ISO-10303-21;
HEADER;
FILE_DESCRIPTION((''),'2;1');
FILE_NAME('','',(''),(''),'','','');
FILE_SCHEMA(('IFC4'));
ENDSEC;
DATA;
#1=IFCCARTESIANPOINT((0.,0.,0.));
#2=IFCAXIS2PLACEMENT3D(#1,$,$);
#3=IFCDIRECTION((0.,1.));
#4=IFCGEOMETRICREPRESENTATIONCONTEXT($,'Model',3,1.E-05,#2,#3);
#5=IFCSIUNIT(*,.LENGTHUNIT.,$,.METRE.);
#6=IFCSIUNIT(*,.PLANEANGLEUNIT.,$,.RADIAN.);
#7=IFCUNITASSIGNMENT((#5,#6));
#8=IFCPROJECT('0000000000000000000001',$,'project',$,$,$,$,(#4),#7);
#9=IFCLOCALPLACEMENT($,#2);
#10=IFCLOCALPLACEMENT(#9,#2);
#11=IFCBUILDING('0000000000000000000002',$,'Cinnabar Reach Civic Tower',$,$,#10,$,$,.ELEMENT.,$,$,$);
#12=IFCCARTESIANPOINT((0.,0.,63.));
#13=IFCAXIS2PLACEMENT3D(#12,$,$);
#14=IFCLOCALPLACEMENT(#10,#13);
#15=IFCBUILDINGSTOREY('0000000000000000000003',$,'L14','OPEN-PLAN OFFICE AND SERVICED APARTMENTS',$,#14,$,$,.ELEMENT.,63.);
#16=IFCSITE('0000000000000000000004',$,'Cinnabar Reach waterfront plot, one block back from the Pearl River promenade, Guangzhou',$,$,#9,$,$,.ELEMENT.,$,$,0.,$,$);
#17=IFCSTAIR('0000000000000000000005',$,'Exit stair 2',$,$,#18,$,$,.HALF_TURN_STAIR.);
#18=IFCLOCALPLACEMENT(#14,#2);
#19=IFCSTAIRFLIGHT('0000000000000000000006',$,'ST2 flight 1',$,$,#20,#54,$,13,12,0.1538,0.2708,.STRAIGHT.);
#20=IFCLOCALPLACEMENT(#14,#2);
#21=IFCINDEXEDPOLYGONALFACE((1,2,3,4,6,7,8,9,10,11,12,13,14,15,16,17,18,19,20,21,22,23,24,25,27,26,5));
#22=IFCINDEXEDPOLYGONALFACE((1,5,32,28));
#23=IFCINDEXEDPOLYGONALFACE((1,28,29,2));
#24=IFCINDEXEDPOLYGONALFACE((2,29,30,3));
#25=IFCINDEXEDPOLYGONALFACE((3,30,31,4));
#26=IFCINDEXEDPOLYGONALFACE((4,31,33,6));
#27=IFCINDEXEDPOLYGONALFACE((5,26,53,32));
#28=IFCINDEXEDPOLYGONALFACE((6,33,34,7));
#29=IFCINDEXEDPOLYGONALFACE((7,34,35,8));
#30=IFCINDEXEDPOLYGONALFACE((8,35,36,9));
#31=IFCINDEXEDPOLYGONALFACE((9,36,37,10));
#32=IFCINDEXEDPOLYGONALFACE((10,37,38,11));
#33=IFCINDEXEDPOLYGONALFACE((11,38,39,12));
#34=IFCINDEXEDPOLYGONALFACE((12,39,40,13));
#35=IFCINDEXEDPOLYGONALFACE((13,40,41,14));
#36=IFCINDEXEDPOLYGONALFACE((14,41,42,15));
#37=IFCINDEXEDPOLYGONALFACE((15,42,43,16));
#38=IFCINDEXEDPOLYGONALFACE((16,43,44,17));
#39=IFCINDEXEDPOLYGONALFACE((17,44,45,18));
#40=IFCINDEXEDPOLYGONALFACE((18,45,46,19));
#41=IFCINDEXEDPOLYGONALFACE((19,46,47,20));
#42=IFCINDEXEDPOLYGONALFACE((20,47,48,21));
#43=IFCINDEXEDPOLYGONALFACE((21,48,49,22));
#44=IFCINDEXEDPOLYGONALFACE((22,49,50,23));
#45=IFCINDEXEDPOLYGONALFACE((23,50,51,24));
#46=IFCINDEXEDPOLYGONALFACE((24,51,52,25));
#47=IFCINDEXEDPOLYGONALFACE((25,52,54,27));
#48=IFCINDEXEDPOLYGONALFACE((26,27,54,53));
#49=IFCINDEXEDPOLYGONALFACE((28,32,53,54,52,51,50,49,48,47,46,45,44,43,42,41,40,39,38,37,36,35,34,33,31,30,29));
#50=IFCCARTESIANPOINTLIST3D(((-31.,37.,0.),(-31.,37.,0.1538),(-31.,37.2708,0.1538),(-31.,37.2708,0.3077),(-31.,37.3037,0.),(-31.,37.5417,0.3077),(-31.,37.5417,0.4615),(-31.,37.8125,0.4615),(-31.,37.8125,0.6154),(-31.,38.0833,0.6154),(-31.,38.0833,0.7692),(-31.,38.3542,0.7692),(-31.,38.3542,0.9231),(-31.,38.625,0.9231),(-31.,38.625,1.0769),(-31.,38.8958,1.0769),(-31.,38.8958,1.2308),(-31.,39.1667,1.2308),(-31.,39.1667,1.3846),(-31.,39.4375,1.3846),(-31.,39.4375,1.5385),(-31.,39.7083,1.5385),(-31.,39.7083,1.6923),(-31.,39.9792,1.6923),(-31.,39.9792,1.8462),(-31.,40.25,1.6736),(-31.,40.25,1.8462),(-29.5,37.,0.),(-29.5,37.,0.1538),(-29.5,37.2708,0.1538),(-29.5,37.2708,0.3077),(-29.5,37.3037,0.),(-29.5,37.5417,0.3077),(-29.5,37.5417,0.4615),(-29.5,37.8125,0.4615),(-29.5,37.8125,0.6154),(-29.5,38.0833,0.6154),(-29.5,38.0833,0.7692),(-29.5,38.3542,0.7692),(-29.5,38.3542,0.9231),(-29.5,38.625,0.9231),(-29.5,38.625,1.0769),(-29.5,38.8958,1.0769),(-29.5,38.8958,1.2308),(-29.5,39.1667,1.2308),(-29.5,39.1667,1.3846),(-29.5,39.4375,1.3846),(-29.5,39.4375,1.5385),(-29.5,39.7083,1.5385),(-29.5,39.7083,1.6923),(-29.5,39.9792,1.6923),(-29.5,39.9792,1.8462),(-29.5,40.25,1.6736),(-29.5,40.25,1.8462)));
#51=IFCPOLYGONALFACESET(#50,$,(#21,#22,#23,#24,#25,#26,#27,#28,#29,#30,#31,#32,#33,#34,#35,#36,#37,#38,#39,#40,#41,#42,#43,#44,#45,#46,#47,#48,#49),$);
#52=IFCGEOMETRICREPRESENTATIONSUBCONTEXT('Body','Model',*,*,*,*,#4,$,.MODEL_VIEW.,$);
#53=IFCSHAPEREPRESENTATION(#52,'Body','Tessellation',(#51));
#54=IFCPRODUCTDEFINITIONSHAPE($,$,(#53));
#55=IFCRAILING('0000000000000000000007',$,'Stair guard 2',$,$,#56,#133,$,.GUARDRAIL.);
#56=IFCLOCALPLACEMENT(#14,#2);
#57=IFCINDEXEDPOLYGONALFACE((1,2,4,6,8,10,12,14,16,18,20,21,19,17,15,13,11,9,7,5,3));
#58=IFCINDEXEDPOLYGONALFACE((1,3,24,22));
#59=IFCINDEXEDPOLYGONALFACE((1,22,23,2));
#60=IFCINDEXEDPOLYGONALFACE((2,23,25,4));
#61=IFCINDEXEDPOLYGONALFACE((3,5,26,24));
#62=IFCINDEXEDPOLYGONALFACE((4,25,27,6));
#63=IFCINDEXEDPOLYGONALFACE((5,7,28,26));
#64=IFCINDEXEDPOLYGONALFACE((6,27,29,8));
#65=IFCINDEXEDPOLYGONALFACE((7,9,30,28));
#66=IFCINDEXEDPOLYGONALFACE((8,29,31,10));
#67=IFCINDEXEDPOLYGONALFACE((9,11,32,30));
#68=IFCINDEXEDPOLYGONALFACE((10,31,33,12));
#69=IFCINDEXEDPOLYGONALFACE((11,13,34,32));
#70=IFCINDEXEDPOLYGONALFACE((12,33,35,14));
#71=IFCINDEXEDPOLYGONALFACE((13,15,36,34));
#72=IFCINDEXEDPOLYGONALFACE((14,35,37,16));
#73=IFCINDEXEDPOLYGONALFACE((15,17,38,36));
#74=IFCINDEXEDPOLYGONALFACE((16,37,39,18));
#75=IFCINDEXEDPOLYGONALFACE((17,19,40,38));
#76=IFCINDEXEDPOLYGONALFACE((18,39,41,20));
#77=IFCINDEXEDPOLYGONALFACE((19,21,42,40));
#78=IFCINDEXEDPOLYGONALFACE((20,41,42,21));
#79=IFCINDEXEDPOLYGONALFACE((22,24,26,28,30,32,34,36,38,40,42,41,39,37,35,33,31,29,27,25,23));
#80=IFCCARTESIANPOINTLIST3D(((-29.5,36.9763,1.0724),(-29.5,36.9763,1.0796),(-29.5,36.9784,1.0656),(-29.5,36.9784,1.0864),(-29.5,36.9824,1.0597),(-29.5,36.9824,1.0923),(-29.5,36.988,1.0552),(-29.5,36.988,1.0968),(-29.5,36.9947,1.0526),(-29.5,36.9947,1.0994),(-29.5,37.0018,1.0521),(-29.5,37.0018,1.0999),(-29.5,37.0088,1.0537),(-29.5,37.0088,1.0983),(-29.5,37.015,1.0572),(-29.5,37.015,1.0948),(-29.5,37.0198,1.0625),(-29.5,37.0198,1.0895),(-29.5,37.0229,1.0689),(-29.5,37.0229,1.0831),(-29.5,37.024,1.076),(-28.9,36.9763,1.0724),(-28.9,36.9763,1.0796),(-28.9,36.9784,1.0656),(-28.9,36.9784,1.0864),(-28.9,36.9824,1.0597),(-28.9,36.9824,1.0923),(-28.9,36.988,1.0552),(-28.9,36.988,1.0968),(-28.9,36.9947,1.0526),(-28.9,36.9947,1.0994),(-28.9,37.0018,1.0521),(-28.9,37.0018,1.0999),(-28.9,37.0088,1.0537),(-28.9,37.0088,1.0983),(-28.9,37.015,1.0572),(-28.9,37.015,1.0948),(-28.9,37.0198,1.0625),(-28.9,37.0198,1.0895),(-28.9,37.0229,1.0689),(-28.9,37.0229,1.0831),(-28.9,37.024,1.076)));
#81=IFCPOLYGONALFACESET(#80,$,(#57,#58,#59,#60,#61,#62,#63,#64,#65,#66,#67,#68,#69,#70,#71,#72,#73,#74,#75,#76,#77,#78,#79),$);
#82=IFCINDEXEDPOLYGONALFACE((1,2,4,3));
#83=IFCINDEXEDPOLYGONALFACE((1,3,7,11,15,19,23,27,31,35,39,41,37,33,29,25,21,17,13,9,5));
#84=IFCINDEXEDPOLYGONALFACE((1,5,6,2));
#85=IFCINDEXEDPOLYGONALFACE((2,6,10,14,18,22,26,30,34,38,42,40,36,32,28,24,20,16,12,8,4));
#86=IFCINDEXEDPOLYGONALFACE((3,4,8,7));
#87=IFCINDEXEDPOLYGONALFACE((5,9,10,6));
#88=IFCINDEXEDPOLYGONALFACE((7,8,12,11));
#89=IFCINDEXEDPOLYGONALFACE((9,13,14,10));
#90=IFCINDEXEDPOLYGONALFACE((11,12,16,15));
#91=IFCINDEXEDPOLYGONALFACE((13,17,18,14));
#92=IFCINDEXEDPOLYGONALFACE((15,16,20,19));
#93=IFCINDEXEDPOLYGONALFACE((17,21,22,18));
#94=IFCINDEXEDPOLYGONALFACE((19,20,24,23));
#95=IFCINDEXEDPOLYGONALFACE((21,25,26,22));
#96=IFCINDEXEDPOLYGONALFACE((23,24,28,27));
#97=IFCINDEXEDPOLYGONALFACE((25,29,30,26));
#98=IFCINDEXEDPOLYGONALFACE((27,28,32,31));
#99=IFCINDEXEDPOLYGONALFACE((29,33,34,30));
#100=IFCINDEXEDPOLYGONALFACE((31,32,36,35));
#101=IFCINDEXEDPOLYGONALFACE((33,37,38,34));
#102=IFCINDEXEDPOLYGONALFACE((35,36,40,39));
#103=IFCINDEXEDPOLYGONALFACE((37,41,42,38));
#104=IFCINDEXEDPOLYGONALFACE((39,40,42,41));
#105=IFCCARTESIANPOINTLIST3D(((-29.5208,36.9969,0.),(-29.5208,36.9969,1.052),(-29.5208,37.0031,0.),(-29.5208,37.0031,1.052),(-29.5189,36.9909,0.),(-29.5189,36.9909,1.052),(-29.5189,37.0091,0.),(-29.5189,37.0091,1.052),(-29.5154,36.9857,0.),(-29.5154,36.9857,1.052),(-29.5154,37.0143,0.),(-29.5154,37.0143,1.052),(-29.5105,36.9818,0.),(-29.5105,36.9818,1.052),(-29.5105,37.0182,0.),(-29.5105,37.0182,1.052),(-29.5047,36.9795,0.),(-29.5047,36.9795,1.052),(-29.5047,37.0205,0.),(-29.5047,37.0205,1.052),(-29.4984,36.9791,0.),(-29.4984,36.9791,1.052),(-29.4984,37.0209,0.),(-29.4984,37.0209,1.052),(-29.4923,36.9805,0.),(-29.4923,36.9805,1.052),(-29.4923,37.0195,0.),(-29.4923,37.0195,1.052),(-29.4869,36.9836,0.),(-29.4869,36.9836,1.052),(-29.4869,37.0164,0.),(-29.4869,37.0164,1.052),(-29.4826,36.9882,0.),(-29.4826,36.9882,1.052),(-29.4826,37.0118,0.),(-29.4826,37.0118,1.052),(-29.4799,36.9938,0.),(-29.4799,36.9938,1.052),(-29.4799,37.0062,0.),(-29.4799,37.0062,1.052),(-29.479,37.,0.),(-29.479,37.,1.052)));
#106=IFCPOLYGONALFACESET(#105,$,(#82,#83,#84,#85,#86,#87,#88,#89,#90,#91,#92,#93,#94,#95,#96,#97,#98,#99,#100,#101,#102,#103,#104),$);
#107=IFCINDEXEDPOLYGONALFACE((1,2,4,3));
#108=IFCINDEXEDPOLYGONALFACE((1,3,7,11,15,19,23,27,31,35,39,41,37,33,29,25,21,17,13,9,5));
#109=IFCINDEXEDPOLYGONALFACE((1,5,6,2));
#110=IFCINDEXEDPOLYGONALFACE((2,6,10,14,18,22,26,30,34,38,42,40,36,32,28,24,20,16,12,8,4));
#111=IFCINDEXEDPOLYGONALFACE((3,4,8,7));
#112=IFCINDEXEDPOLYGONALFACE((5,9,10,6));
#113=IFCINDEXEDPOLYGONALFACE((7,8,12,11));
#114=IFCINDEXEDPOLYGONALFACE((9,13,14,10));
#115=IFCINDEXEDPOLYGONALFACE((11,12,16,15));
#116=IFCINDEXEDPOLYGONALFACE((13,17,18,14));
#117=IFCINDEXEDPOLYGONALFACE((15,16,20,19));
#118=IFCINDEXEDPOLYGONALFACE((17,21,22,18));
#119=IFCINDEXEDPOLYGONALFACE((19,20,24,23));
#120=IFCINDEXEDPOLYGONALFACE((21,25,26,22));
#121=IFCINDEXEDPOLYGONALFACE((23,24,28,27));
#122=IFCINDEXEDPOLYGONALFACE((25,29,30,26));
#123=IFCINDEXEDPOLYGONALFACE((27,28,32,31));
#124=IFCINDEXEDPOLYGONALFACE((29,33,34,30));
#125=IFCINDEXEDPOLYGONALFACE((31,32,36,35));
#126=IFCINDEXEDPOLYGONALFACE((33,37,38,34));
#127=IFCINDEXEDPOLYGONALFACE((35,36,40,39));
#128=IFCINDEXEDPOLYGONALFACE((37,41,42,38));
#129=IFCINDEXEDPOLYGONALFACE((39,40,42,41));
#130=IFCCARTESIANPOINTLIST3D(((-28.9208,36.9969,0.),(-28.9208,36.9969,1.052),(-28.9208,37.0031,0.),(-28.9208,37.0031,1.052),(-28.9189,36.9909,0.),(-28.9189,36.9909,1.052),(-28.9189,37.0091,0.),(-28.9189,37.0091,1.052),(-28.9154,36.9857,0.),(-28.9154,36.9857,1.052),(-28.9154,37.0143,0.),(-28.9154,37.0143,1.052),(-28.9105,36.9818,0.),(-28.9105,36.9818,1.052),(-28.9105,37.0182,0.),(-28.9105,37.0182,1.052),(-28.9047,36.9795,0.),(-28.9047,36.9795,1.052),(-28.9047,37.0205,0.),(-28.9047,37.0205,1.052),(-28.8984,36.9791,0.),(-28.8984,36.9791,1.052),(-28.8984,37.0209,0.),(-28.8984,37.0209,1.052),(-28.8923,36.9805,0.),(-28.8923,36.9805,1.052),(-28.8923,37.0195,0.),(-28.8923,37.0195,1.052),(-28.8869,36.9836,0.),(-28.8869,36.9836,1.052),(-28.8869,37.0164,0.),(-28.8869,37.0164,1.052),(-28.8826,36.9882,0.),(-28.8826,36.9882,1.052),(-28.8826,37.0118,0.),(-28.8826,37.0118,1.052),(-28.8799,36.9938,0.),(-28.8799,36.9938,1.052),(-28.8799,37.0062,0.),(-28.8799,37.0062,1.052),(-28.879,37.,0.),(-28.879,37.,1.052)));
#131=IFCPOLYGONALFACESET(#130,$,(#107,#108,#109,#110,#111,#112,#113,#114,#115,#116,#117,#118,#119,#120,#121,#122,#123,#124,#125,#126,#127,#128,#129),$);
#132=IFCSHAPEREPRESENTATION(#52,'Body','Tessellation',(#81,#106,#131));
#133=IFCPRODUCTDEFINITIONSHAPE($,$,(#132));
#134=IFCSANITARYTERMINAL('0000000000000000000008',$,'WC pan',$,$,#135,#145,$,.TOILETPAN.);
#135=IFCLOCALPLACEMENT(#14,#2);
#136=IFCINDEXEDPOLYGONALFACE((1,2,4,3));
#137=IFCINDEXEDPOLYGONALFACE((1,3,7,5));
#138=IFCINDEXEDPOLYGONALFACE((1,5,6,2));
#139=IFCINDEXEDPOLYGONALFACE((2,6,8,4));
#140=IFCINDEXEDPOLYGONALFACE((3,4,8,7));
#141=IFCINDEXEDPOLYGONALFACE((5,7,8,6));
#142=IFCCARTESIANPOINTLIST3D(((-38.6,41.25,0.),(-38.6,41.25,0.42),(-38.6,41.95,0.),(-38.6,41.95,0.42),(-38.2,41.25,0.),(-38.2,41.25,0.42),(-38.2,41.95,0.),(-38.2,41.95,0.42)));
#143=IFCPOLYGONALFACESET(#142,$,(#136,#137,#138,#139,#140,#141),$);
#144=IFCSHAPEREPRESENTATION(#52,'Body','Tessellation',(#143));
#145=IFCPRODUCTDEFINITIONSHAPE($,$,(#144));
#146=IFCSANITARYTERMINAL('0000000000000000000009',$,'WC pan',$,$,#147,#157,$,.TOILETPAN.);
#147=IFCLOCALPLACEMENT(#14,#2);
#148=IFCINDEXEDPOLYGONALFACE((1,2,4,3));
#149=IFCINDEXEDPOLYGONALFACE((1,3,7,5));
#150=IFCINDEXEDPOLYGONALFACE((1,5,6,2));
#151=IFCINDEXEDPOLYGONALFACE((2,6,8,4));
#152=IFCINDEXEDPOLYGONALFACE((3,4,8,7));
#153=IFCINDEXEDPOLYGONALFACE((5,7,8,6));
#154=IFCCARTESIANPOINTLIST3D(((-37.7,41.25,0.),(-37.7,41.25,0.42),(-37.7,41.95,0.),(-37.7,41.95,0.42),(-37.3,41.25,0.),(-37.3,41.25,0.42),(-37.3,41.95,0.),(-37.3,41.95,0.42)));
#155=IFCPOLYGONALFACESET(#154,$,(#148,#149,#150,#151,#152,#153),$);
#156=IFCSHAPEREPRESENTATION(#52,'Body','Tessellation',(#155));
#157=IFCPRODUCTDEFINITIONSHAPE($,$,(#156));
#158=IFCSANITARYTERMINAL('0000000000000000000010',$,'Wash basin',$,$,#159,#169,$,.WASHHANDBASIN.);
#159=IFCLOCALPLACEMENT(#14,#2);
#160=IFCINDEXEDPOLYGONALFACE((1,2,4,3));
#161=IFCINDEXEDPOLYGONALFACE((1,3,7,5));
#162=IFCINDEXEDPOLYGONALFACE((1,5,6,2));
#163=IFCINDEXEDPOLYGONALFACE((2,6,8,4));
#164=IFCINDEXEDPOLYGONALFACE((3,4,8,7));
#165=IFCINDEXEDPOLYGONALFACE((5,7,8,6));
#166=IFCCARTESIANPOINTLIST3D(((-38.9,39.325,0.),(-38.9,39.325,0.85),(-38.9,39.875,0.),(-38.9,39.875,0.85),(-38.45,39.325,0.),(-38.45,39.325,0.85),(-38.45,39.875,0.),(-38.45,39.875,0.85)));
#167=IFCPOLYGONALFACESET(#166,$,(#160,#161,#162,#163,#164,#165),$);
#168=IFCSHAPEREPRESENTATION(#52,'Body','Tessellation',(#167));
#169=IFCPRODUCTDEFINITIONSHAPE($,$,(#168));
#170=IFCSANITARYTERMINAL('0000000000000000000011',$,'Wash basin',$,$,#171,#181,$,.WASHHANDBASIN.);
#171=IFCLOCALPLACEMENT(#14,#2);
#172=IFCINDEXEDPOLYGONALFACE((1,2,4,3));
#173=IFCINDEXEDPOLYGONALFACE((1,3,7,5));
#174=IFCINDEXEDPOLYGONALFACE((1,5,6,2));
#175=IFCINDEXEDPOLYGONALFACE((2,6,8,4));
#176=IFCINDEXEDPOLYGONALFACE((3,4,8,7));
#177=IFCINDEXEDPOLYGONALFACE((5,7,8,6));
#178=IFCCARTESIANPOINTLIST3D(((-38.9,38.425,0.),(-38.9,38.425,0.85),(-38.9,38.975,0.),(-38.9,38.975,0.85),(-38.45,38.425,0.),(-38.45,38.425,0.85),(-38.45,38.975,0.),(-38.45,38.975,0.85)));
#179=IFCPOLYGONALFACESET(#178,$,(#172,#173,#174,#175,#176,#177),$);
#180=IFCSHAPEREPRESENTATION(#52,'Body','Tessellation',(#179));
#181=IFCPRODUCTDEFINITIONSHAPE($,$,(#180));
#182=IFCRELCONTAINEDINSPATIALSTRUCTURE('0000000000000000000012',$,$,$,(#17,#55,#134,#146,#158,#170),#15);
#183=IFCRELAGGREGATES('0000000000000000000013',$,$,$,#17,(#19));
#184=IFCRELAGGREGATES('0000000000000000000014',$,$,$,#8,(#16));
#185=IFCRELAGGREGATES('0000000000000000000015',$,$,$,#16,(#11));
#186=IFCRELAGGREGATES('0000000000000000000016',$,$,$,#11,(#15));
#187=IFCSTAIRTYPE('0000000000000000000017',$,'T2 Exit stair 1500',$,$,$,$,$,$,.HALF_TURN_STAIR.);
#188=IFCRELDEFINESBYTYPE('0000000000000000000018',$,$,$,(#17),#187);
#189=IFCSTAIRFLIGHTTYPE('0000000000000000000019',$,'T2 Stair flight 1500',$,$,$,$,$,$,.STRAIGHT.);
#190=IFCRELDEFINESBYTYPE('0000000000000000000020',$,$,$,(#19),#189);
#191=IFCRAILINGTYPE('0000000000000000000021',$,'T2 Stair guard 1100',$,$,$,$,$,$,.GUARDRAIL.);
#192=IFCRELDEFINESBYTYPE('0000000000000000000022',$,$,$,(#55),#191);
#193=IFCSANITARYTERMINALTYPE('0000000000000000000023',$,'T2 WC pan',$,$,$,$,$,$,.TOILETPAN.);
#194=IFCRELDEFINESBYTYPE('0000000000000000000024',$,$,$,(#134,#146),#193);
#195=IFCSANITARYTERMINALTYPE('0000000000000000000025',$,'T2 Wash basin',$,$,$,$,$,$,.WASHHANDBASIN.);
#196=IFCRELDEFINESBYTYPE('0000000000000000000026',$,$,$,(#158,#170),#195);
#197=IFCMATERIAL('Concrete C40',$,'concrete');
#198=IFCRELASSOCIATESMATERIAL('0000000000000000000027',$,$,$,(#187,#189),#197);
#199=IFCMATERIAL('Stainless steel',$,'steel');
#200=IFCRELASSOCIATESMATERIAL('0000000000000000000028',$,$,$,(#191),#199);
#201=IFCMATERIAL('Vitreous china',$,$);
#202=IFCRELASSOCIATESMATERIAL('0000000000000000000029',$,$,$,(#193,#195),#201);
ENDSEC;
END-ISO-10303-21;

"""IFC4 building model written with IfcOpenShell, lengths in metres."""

from ifc_helpers import new_model, si_unit, direction, frame, origin, origin_2d, place, context, subcontext, project, spatial, polyline, rectangle, circle, outline, extrude, material, type_object, element, aggregate, save


model = new_model("IFC4")

# Units and contexts
model_context = context("Model", 3, precision=1e-05, world=origin(), true_north=direction((0.0, 1.0)))
body_context = subcontext(model_context, "Body", "Model", "MODEL_VIEW")
ifc_project = project(units=[si_unit("LENGTHUNIT", "METRE"), si_unit("PLANEANGLEUNIT", "RADIAN")], contexts=[model_context])

# Site, building, storey
site_placement = place(None, origin())
site = spatial("IfcSite", under=ifc_project, at=site_placement, Name="Cinnabar Reach waterfront plot, one block back from the Pearl River promenade, Guangzhou", CompositionType="ELEMENT", RefElevation=0.0)
building_placement = place(site_placement, origin())
building = spatial("IfcBuilding", under=site, at=building_placement, Name="Cinnabar Reach Civic Tower", CompositionType="ELEMENT")
storey_placement = place(building_placement, frame((0.0, 0.0, 63.0)))
storey = spatial("IfcBuildingStorey", under=building, at=storey_placement, Name="L14", Description="OPEN-PLAN OFFICE AND SERVICED APARTMENTS", CompositionType="ELEMENT", Elevation=63.0)

# Shared definitions
ifc_material_1 = material(Name="Concrete C40", Category="concrete")

# Stair, stair flight
stair_type = type_object("IfcStairType", Name="T2 Exit stair 1500", PredefinedType="HALF_TURN_STAIR", material=ifc_material_1)
stair_placement = place(storey_placement, origin())
stair = element("IfcStair", 1, at=stair_placement, inside=storey, type_object=stair_type, Name="Exit stair 2", PredefinedType="HALF_TURN_STAIR")
stair_flight_type = type_object("IfcStairFlightType", Name="T2 Stair flight 1500", PredefinedType="STRAIGHT", material=ifc_material_1)
stair_flight_placement = place(storey_placement, frame((-30.25, 37.0, 0.0), z_axis=(0.0, 0.0, 1.0), x_axis=(0.0, 1.0, 0.0)))
stair_flight = element("IfcStairFlight", 2, at=stair_flight_placement, type_object=stair_flight_type, Name="ST2 flight 1", NumberOfRisers=13, NumberOfTreads=12, PredefinedType="STRAIGHT", RiserHeight=0.1538, TreadLength=0.2708, context=body_context, shape_type="SweptSolid", body=[
    extrude(outline(polyline([(0.0, 0.0), (0.0, 0.1538), (0.2708, 0.1538), (0.2708, 0.3077), (0.5417, 0.3077), (0.5417, 0.4615), (0.8125, 0.4615), (0.8125, 0.6154), (1.0833, 0.6154), (1.0833, 0.7692), (1.3542, 0.7692), (1.3542, 0.9231), (1.625, 0.9231), (1.625, 1.0769), (1.8958, 1.0769), (1.8958, 1.2308), (2.1667, 1.2308), (2.1667, 1.3846), (2.4375, 1.3846), (2.4375, 1.5385), (2.7083, 1.5385), (2.7083, 1.6923), (2.9792, 1.6923), (2.9792, 1.8462), (3.25, 1.8462), (3.25, 2.0), (3.25, 1.6736), (0.3037, 0.0), (0.0, 0.0)])), frame((0.0, 0.75, 0.0), z_axis=(0.0, -1.0, 0.0), x_axis=(1.0, 0.0, 0.0)), (0.0, 0.0, 1.0), 1.5),
])
aggregate(stair, [stair_flight])

# Railing
ifc_material_2 = material(Name="Stainless steel", Category="steel")
railing_type = type_object("IfcRailingType", Name="T2 Stair guard 1100", PredefinedType="GUARDRAIL", material=ifc_material_2)
railing_placement = place(storey_placement, frame((-29.5, 37.0, 0.0)))
element("IfcRailing", 3, at=railing_placement, inside=storey, type_object=railing_type, Name="Stair guard 2", PredefinedType="GUARDRAIL", context=body_context, shape_type="SweptSolid", body=[
    extrude(circle(Radius=0.024, at=origin_2d()), frame((0.0, 0.0, 1.076), z_axis=(1.0, 0.0, 0.0), x_axis=(0.0, 1.0, 0.0)), (0.0, 0.0, 1.0), 0.6),
    extrude(circle(Radius=0.021, at=origin_2d()), origin(), (0.0, 0.0, 1.0), 1.052),
    extrude(circle(Radius=0.021, at=origin_2d()), frame((0.6, 0.0, 0.0)), (0.0, 0.0, 1.0), 1.052),
])

# Sanitary terminals
ifc_material_3 = material(Name="Vitreous china")
sanitary_terminal_type_1 = type_object("IfcSanitaryTerminalType", Name="T2 WC pan", PredefinedType="TOILETPAN", material=ifc_material_3)
for number, where, z_axis, x_axis, name in (
    (4, (-38.4, 41.6, 0.0), (0.0, 0.0, 1.0), (1.0, 0.0, 0.0), "WC pan"),
    (5, (-37.5, 41.6, 0.0), (0.0, 0.0, 1.0), (1.0, 0.0, 0.0), "WC pan"),
):
    element("IfcSanitaryTerminal", number, at=place(storey_placement, frame(where, z_axis=z_axis, x_axis=x_axis)), inside=storey, type_object=sanitary_terminal_type_1, Name=name, PredefinedType="TOILETPAN", context=body_context, shape_type="SweptSolid", body=[
        extrude(rectangle(XDim=0.4, YDim=0.7, at=origin_2d()), origin(), (0.0, 0.0, 1.0), 0.42),
    ])
sanitary_terminal_type_2 = type_object("IfcSanitaryTerminalType", Name="T2 Wash basin", PredefinedType="WASHHANDBASIN", material=ifc_material_3)
for number, where, z_axis, x_axis, name in (
    (6, (-38.675, 39.6, 0.0), (0.0, 0.0, 1.0), (1.0, 0.0, 0.0), "Wash basin"),
    (7, (-38.675, 38.7, 0.0), (0.0, 0.0, 1.0), (1.0, 0.0, 0.0), "Wash basin"),
):
    element("IfcSanitaryTerminal", number, at=place(storey_placement, frame(where, z_axis=z_axis, x_axis=x_axis)), inside=storey, type_object=sanitary_terminal_type_2, Name=name, PredefinedType="WASHHANDBASIN", context=body_context, shape_type="SweptSolid", body=[
        extrude(rectangle(XDim=0.45, YDim=0.55, at=origin_2d()), origin(), (0.0, 0.0, 1.0), 0.85),
    ])

save(model, "model.ifc")
